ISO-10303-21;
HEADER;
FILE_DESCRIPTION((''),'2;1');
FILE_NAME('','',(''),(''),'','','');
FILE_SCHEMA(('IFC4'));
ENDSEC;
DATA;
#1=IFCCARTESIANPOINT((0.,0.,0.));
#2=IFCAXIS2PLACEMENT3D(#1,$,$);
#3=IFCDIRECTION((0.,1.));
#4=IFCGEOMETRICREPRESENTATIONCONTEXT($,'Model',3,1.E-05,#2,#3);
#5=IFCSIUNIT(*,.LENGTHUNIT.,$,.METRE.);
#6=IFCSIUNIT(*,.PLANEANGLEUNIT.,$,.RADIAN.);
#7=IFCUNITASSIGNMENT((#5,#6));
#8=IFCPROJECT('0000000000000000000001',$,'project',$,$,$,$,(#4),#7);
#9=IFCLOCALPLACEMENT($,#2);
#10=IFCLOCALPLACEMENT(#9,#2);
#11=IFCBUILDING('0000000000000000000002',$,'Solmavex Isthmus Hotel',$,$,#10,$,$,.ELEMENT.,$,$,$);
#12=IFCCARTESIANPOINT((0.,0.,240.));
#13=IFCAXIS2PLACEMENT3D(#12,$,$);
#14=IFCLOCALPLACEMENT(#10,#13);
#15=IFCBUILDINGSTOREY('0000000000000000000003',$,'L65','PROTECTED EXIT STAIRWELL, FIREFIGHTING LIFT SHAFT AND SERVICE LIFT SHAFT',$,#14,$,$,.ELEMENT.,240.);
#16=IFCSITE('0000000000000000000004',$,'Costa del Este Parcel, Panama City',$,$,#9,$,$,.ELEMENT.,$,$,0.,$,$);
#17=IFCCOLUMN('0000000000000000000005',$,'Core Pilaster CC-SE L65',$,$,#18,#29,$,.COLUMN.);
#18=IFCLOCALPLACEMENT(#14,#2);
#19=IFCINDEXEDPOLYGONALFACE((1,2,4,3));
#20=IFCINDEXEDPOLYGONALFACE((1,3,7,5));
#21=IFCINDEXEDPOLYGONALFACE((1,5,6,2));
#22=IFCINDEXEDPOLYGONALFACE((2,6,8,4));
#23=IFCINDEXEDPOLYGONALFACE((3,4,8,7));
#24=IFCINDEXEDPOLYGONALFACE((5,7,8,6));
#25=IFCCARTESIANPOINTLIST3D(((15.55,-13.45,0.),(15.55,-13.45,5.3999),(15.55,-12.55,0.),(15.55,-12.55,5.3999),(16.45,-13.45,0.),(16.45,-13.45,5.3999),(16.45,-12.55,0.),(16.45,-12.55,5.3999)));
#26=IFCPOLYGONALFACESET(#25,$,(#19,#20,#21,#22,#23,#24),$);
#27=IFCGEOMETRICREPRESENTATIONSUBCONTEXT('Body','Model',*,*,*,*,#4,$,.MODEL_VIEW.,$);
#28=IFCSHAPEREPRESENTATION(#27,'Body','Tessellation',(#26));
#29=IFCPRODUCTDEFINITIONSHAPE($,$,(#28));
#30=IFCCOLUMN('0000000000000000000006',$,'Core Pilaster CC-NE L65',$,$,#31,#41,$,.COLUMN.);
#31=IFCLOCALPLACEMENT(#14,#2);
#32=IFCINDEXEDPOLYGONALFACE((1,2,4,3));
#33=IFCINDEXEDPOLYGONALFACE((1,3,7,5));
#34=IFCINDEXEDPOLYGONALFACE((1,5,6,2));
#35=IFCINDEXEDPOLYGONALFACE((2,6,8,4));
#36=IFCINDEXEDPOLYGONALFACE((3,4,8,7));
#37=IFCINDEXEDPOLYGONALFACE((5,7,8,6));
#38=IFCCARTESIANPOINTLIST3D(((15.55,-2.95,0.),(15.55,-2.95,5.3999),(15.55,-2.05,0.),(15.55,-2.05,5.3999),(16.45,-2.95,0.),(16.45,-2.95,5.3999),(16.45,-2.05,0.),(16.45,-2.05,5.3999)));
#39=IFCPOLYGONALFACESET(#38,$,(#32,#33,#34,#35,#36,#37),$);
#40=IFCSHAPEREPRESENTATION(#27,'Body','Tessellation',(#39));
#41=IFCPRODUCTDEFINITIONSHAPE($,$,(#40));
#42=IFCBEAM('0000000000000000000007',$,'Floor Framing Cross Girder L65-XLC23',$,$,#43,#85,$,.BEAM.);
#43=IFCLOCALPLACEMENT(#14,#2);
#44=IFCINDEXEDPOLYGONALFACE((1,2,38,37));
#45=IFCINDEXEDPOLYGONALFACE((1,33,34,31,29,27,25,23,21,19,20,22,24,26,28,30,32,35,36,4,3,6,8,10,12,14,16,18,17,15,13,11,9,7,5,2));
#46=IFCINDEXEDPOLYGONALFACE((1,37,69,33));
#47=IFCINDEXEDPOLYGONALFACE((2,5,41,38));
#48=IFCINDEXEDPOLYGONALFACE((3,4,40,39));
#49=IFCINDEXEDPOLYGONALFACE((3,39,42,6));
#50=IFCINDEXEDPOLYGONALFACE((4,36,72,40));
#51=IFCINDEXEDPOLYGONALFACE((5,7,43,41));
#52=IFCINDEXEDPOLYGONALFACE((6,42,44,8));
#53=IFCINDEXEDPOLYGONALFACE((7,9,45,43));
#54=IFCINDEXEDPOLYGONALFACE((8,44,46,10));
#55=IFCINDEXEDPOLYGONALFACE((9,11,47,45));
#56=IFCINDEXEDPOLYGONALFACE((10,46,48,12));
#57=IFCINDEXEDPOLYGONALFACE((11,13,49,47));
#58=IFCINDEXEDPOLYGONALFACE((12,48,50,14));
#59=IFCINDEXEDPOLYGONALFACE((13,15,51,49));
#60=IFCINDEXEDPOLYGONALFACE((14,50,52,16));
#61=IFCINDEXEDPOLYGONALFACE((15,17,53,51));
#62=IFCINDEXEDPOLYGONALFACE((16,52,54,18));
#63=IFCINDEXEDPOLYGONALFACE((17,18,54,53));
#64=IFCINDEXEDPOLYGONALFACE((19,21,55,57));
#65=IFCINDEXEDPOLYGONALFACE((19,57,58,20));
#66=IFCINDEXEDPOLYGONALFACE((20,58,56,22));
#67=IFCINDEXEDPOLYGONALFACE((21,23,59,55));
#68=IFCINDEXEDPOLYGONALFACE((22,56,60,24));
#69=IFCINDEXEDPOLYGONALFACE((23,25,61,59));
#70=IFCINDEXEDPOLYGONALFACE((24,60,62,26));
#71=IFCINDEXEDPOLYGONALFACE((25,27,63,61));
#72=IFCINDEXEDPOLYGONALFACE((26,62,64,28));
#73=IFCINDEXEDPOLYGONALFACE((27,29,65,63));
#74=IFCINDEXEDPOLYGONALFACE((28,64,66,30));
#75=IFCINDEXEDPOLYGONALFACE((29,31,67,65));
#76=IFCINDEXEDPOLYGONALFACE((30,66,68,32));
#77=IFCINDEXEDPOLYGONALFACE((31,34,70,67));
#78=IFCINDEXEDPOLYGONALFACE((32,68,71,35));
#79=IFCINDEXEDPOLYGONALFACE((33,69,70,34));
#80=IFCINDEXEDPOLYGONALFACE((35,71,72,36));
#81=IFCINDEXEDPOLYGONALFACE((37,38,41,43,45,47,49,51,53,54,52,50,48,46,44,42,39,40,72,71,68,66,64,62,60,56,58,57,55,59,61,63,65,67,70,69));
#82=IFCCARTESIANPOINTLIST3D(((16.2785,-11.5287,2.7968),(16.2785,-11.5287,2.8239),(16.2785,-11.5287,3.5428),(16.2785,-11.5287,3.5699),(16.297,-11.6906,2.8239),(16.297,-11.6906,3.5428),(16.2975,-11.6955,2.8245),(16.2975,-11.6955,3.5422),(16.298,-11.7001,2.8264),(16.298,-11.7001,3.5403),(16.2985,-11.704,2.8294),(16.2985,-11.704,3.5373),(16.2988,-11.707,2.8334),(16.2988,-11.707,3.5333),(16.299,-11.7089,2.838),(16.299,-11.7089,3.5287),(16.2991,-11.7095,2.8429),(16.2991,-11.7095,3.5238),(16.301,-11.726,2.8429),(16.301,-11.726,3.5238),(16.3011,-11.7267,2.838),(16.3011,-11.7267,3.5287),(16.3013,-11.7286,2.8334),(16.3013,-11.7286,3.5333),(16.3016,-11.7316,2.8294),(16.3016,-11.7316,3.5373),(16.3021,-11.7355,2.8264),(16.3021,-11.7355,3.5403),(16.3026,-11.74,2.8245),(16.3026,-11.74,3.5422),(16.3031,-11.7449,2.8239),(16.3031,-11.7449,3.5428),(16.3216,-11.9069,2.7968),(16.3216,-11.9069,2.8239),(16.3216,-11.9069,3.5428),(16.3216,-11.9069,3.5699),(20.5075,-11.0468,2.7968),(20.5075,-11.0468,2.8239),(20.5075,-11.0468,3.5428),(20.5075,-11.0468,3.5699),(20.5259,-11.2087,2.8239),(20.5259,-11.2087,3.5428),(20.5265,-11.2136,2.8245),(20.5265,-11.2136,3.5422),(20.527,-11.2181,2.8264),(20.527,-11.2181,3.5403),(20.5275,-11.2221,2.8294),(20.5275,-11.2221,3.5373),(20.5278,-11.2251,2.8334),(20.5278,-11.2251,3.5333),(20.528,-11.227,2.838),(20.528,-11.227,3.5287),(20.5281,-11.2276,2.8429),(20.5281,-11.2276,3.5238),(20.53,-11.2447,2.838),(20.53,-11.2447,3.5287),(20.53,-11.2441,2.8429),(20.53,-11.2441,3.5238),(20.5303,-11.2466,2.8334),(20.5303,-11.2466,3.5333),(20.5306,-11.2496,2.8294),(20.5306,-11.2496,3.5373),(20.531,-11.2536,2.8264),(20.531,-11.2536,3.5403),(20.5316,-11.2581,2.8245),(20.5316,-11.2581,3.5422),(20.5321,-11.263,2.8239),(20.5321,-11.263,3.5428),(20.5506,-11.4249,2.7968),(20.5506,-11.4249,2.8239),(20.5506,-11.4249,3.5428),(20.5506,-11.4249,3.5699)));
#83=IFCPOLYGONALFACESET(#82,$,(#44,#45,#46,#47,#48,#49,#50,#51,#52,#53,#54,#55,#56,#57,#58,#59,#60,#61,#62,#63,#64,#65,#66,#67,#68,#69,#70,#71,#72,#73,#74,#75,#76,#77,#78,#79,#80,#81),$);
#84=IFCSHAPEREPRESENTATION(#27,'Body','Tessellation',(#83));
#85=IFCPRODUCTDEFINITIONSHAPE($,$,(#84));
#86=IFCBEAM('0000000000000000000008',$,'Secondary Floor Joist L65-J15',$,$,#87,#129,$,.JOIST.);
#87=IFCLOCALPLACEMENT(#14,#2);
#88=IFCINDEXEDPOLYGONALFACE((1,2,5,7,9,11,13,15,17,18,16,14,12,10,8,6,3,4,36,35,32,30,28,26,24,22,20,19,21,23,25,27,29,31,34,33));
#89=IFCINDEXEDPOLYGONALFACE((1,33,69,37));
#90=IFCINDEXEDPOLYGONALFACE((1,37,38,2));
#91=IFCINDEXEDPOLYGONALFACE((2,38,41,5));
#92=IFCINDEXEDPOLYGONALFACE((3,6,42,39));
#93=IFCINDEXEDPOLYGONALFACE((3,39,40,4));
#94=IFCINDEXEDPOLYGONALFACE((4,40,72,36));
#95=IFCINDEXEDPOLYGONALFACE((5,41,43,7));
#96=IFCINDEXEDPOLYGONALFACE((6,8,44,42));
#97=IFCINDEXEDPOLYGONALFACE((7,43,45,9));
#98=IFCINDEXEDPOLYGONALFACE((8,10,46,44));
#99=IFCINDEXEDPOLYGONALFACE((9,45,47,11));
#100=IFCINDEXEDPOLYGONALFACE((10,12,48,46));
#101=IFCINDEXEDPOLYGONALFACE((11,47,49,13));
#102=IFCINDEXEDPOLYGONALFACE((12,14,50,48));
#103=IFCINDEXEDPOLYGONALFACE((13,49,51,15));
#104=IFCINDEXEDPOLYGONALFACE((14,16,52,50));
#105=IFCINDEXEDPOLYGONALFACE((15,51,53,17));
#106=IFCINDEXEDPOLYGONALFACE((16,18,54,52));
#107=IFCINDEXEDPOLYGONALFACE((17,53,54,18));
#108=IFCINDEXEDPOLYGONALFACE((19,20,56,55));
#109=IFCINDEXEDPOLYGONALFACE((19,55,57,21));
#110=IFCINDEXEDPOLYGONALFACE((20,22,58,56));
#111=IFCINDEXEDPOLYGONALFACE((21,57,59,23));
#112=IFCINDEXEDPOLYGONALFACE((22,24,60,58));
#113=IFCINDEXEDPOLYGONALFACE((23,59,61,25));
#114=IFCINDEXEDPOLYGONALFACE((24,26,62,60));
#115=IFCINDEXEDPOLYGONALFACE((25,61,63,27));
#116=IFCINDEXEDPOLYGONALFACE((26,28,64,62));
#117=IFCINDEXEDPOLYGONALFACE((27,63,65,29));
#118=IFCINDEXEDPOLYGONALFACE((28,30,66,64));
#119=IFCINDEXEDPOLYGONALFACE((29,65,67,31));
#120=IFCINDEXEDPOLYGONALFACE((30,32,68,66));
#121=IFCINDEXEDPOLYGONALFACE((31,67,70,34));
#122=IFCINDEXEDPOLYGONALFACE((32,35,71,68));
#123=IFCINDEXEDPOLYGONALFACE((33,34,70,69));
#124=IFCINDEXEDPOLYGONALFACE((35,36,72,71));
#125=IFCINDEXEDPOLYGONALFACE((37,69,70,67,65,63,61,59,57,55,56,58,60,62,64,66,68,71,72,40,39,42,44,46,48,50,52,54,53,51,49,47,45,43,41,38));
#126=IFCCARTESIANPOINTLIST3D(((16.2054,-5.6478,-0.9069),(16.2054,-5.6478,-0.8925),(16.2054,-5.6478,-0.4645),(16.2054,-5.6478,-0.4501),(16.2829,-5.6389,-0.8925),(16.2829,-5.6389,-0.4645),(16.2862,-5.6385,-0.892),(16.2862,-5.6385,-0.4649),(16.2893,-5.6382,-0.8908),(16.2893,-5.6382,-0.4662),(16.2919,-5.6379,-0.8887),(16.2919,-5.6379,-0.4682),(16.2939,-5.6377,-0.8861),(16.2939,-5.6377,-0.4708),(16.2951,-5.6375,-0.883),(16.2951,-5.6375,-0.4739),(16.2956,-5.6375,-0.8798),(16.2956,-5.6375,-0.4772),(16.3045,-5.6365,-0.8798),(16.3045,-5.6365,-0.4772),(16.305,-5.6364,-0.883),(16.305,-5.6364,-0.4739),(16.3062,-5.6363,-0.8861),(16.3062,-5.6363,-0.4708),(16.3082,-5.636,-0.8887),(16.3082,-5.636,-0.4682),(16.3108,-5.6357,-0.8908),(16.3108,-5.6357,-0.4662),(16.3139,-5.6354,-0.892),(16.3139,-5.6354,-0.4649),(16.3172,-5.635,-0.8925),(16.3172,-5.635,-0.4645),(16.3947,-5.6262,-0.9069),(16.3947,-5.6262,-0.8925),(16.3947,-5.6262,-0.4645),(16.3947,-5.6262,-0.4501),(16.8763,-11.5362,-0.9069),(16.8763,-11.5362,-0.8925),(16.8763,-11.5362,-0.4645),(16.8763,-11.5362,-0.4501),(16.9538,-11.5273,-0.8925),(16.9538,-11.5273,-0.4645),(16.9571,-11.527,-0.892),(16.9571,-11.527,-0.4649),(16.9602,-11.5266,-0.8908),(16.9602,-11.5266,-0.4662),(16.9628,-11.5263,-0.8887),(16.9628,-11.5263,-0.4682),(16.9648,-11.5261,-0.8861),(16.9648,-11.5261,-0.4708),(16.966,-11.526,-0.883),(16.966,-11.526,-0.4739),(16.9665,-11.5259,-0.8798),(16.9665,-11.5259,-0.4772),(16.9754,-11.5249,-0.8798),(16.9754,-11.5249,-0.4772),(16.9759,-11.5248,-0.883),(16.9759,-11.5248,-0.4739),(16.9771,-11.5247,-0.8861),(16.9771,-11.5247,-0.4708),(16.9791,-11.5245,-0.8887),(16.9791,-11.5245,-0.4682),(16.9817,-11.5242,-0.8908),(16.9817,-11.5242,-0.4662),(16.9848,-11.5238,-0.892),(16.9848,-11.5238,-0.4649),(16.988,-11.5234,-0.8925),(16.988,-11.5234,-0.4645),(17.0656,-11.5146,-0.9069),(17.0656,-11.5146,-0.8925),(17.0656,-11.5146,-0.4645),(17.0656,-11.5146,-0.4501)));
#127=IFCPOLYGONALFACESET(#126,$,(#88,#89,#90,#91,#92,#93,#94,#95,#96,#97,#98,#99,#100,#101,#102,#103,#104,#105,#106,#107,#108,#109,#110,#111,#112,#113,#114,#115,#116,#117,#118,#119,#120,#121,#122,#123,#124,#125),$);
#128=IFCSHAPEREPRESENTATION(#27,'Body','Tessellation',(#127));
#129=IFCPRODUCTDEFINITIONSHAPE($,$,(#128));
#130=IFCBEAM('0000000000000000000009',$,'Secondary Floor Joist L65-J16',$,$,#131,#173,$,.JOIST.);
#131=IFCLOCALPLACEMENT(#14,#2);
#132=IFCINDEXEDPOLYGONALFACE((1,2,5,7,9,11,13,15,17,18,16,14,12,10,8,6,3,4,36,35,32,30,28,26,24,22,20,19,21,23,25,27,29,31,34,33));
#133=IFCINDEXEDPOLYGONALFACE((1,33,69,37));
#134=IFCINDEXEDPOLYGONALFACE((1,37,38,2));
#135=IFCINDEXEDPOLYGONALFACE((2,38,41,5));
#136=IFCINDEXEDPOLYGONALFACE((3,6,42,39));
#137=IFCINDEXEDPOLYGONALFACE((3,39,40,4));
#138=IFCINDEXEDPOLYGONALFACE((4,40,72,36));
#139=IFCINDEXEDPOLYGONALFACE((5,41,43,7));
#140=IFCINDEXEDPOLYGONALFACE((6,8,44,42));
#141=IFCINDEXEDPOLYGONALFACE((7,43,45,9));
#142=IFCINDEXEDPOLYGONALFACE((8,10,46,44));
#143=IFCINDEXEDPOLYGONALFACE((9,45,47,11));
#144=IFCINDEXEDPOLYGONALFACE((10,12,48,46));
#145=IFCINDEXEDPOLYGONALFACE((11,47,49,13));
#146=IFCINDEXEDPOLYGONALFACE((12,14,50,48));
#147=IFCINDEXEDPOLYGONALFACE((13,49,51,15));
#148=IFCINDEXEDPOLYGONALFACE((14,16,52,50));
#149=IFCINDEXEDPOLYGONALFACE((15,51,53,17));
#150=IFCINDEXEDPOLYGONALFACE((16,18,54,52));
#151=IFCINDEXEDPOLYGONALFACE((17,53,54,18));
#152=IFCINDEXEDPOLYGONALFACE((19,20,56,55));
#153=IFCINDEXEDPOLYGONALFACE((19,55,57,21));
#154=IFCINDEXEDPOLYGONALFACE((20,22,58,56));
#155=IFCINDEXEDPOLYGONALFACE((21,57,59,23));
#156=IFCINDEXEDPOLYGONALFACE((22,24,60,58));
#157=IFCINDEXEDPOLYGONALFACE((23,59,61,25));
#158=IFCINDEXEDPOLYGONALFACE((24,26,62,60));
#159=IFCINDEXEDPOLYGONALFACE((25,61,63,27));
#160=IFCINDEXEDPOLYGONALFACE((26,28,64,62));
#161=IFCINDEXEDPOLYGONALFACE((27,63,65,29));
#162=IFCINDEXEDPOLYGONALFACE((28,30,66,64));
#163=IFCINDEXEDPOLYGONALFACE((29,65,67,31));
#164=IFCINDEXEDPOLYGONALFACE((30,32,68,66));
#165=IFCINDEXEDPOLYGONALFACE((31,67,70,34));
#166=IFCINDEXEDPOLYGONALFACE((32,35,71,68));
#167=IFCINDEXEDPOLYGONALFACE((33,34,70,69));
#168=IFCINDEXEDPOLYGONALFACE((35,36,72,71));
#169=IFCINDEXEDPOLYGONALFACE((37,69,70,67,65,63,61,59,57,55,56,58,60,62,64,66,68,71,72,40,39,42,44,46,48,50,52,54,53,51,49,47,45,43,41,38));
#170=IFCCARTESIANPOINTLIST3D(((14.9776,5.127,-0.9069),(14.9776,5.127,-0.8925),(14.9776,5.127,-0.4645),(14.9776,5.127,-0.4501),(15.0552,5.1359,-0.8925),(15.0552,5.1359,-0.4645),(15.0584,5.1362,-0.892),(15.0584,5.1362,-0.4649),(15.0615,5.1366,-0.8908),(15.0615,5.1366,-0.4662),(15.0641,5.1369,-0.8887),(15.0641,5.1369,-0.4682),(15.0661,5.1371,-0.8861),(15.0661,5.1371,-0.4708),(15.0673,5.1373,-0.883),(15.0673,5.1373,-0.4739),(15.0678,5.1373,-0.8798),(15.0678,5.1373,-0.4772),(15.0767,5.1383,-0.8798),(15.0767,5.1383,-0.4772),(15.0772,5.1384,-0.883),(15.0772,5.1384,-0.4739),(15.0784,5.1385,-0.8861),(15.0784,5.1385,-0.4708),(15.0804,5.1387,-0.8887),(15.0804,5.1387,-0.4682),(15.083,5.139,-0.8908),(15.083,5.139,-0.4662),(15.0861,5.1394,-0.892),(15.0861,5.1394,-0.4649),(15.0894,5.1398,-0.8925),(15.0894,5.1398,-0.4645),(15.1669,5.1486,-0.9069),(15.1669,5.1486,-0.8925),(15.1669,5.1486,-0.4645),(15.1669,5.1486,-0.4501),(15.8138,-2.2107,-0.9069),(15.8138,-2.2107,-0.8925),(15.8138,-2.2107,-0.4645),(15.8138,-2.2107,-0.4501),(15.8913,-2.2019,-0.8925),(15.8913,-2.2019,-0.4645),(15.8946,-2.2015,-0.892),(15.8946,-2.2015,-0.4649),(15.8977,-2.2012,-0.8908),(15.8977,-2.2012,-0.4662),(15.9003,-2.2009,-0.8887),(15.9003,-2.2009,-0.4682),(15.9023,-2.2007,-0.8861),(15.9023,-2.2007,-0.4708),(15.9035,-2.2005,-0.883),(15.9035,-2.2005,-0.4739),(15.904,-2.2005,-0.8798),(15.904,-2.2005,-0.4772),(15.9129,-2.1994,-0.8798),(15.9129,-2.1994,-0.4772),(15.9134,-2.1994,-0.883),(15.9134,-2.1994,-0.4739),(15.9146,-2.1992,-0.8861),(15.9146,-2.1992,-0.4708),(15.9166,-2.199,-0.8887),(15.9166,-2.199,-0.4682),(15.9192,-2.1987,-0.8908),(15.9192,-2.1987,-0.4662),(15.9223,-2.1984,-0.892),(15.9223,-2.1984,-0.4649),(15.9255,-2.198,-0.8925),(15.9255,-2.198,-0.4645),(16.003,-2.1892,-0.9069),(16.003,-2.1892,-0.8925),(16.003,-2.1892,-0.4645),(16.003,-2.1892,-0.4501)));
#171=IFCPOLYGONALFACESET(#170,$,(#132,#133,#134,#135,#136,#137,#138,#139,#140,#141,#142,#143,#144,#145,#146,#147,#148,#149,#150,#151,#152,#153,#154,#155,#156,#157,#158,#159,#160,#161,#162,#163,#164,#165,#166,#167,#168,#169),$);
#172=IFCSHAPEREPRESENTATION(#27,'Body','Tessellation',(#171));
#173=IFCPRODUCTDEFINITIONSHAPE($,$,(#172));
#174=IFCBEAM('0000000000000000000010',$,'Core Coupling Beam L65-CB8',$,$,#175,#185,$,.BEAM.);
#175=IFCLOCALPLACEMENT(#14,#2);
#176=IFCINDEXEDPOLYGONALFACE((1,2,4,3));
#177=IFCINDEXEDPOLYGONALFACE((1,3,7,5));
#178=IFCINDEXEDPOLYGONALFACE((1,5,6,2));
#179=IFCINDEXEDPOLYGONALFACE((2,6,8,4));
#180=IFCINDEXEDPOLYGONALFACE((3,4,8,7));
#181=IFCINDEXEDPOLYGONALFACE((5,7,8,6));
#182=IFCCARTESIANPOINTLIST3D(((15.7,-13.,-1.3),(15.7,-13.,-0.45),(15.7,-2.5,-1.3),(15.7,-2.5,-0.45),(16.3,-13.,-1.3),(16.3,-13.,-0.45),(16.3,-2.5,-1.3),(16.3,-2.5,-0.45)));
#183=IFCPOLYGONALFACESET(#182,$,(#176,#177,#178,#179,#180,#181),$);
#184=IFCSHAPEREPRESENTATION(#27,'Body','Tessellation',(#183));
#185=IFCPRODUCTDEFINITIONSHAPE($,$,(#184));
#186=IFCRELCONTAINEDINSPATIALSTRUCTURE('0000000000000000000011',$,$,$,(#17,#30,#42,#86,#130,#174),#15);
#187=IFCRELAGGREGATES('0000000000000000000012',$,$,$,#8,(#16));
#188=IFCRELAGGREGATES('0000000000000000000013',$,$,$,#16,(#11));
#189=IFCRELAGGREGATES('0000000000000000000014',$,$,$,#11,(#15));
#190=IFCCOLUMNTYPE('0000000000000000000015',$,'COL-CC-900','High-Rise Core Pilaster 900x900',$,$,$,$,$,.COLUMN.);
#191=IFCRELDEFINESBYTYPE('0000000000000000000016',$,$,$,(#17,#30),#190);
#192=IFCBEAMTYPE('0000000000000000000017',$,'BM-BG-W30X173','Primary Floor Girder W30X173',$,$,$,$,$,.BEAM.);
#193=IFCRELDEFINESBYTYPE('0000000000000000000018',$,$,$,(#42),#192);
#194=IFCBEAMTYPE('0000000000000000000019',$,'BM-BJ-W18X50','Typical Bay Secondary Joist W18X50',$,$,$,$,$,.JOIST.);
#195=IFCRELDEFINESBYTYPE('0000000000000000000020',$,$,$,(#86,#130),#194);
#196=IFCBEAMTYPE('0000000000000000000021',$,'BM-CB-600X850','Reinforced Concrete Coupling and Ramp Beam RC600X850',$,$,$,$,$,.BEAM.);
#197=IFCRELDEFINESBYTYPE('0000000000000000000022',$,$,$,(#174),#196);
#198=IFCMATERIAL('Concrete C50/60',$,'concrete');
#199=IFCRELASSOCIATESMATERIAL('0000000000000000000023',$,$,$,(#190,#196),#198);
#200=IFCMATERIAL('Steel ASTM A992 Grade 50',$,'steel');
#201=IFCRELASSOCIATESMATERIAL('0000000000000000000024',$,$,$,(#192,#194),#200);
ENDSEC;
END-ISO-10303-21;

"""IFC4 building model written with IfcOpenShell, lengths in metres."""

from ifc_helpers import new_model, si_unit, direction, frame, origin, origin_2d, place, context, subcontext, project, spatial, rectangle, i_section, extrude, material, material_profile, profile_set, type_object, element, save


model = new_model("IFC4")

# Units and contexts
model_context = context("Model", 3, precision=1e-05, world=origin(), true_north=direction((0.0, 1.0)))
body_context = subcontext(model_context, "Body", "Model", "MODEL_VIEW")
ifc_project = project(units=[si_unit("LENGTHUNIT", "METRE"), si_unit("PLANEANGLEUNIT", "RADIAN")], contexts=[model_context])

# Site, building, storey
site_placement = place(None, origin())
site = spatial("IfcSite", under=ifc_project, at=site_placement, Name="Costa del Este Parcel, Panama City", CompositionType="ELEMENT", RefElevation=0.0)
building_placement = place(site_placement, origin())
building = spatial("IfcBuilding", under=site, at=building_placement, Name="Solmavex Isthmus Hotel", CompositionType="ELEMENT")
storey_placement = place(building_placement, frame((0.0, 0.0, 240.0)))
storey = spatial("IfcBuildingStorey", under=building, at=storey_placement, Name="L65", Description="PROTECTED EXIT STAIRWELL, FIREFIGHTING LIFT SHAFT AND SERVICE LIFT SHAFT", CompositionType="ELEMENT", Elevation=240.0)

# Columns
ifc_material_1 = material(Name="Concrete C50/60", Category="concrete")
ifc_material_profile_1 = material_profile(ifc_material_1, rectangle(XDim=0.8999, YDim=0.8999, at=origin_2d()), Name="RC900X900")
ifc_profile_set_1 = profile_set([ifc_material_profile_1], Name="Concrete C50/60")
column_type = type_object("IfcColumnType", Name="COL-CC-900", Description="High-Rise Core Pilaster 900x900", PredefinedType="COLUMN", material=ifc_profile_set_1)
for number, where, z_axis, x_axis, name in (
    (1, (16.0, -13.0, 0.0), (0.0, 0.0, 1.0), (1.0, 0.0, 0.0), "Core Pilaster CC-SE L65"),
    (2, (16.0, -2.5, 0.0), (0.0, 0.0, 1.0), (1.0, 0.0, 0.0), "Core Pilaster CC-NE L65"),
):
    element("IfcColumn", number, at=place(storey_placement, frame(where, z_axis=z_axis, x_axis=x_axis)), inside=storey, type_object=column_type, Name=name, PredefinedType="COLUMN", context=body_context, shape_type="SweptSolid", body=[
        extrude(rectangle(XDim=0.8999, YDim=0.8999, at=origin_2d()), origin(), (0.0, 0.0, 1.0), 5.3999),
    ])

# Beams
ifc_material_2 = material(Name="Steel ASTM A992 Grade 50", Category="steel")
ifc_material_profile_2 = material_profile(ifc_material_2, i_section(OverallWidth=0.3806, OverallDepth=0.7732, WebThickness=0.0166, FlangeThickness=0.0271, FilletRadius=0.019, at=origin_2d()), Name="W30X173")
ifc_profile_set_2 = profile_set([ifc_material_profile_2], Name="Steel ASTM A992 Grade 50")
beam_type_1 = type_object("IfcBeamType", Name="BM-BG-W30X173", Description="Primary Floor Girder W30X173", PredefinedType="BEAM", material=ifc_profile_set_2)
beam_1_placement = place(storey_placement, frame((16.3, -11.7178, 3.1833), z_axis=(0.993569, 0.113226, 0.0), x_axis=(-0.113226, 0.993569, 0.0)))
element("IfcBeam", 3, at=beam_1_placement, inside=storey, type_object=beam_type_1, Name="Floor Framing Cross Girder L65-XLC23", PredefinedType="BEAM", context=body_context, shape_type="SweptSolid", body=[
    extrude(i_section(OverallWidth=0.3806, OverallDepth=0.7732, WebThickness=0.0166, FlangeThickness=0.0271, FilletRadius=0.019, at=origin_2d()), origin(), (0.0, 0.0, 1.0), 4.2563),
])
ifc_material_profile_3 = material_profile(ifc_material_2, i_section(OverallWidth=0.1904, OverallDepth=0.4568, WebThickness=0.009, FlangeThickness=0.0144, FilletRadius=0.0127, at=origin_2d()), Name="W18X50")
ifc_profile_set_3 = profile_set([ifc_material_profile_3], Name="Steel ASTM A992 Grade 50")
beam_type_2 = type_object("IfcBeamType", Name="BM-BJ-W18X50", Description="Typical Bay Secondary Joist W18X50", PredefinedType="JOIST", material=ifc_profile_set_3)
beam_2_placement = place(storey_placement, frame((16.9709, -11.5254, -0.6785), z_axis=(-0.113203, 0.993572, 0.0), x_axis=(-0.993572, -0.113203, 0.0)))
element("IfcBeam", 4, at=beam_2_placement, inside=storey, type_object=beam_type_2, Name="Secondary Floor Joist L65-J15", PredefinedType="JOIST", context=body_context, shape_type="SweptSolid", body=[
    extrude(i_section(OverallWidth=0.1904, OverallDepth=0.4568, WebThickness=0.009, FlangeThickness=0.0144, FilletRadius=0.0127, at=origin_2d()), origin(), (0.0, 0.0, 1.0), 5.9265),
])
beam_3_placement = place(storey_placement, frame((15.9084, -2.2, -0.6785), z_axis=(-0.113225, 0.993569, 0.0), x_axis=(-0.993569, -0.113225, 0.0)))
element("IfcBeam", 5, at=beam_3_placement, inside=storey, type_object=beam_type_2, Name="Secondary Floor Joist L65-J16", PredefinedType="JOIST", context=body_context, shape_type="SweptSolid", body=[
    extrude(i_section(OverallWidth=0.1904, OverallDepth=0.4568, WebThickness=0.009, FlangeThickness=0.0144, FilletRadius=0.0127, at=origin_2d()), origin(), (0.0, 0.0, 1.0), 7.3853),
])
ifc_material_profile_4 = material_profile(ifc_material_1, rectangle(XDim=0.6001, YDim=0.8501, at=origin_2d()), Name="RC600X850")
ifc_profile_set_4 = profile_set([ifc_material_profile_4], Name="Concrete C50/60")
beam_type_3 = type_object("IfcBeamType", Name="BM-CB-600X850", Description="Reinforced Concrete Coupling and Ramp Beam RC600X850", PredefinedType="BEAM", material=ifc_profile_set_4)
beam_4_placement = place(storey_placement, frame((16.0, -13.0, -0.875), z_axis=(0.0, 1.0, 0.0), x_axis=(-1.0, 0.0, 0.0)))
element("IfcBeam", 6, at=beam_4_placement, inside=storey, type_object=beam_type_3, Name="Core Coupling Beam L65-CB8", PredefinedType="BEAM", context=body_context, shape_type="SweptSolid", body=[
    extrude(rectangle(XDim=0.6001, YDim=0.8501, at=origin_2d()), origin(), (0.0, 0.0, 1.0), 10.5),
])

save(model, "model.ifc")
